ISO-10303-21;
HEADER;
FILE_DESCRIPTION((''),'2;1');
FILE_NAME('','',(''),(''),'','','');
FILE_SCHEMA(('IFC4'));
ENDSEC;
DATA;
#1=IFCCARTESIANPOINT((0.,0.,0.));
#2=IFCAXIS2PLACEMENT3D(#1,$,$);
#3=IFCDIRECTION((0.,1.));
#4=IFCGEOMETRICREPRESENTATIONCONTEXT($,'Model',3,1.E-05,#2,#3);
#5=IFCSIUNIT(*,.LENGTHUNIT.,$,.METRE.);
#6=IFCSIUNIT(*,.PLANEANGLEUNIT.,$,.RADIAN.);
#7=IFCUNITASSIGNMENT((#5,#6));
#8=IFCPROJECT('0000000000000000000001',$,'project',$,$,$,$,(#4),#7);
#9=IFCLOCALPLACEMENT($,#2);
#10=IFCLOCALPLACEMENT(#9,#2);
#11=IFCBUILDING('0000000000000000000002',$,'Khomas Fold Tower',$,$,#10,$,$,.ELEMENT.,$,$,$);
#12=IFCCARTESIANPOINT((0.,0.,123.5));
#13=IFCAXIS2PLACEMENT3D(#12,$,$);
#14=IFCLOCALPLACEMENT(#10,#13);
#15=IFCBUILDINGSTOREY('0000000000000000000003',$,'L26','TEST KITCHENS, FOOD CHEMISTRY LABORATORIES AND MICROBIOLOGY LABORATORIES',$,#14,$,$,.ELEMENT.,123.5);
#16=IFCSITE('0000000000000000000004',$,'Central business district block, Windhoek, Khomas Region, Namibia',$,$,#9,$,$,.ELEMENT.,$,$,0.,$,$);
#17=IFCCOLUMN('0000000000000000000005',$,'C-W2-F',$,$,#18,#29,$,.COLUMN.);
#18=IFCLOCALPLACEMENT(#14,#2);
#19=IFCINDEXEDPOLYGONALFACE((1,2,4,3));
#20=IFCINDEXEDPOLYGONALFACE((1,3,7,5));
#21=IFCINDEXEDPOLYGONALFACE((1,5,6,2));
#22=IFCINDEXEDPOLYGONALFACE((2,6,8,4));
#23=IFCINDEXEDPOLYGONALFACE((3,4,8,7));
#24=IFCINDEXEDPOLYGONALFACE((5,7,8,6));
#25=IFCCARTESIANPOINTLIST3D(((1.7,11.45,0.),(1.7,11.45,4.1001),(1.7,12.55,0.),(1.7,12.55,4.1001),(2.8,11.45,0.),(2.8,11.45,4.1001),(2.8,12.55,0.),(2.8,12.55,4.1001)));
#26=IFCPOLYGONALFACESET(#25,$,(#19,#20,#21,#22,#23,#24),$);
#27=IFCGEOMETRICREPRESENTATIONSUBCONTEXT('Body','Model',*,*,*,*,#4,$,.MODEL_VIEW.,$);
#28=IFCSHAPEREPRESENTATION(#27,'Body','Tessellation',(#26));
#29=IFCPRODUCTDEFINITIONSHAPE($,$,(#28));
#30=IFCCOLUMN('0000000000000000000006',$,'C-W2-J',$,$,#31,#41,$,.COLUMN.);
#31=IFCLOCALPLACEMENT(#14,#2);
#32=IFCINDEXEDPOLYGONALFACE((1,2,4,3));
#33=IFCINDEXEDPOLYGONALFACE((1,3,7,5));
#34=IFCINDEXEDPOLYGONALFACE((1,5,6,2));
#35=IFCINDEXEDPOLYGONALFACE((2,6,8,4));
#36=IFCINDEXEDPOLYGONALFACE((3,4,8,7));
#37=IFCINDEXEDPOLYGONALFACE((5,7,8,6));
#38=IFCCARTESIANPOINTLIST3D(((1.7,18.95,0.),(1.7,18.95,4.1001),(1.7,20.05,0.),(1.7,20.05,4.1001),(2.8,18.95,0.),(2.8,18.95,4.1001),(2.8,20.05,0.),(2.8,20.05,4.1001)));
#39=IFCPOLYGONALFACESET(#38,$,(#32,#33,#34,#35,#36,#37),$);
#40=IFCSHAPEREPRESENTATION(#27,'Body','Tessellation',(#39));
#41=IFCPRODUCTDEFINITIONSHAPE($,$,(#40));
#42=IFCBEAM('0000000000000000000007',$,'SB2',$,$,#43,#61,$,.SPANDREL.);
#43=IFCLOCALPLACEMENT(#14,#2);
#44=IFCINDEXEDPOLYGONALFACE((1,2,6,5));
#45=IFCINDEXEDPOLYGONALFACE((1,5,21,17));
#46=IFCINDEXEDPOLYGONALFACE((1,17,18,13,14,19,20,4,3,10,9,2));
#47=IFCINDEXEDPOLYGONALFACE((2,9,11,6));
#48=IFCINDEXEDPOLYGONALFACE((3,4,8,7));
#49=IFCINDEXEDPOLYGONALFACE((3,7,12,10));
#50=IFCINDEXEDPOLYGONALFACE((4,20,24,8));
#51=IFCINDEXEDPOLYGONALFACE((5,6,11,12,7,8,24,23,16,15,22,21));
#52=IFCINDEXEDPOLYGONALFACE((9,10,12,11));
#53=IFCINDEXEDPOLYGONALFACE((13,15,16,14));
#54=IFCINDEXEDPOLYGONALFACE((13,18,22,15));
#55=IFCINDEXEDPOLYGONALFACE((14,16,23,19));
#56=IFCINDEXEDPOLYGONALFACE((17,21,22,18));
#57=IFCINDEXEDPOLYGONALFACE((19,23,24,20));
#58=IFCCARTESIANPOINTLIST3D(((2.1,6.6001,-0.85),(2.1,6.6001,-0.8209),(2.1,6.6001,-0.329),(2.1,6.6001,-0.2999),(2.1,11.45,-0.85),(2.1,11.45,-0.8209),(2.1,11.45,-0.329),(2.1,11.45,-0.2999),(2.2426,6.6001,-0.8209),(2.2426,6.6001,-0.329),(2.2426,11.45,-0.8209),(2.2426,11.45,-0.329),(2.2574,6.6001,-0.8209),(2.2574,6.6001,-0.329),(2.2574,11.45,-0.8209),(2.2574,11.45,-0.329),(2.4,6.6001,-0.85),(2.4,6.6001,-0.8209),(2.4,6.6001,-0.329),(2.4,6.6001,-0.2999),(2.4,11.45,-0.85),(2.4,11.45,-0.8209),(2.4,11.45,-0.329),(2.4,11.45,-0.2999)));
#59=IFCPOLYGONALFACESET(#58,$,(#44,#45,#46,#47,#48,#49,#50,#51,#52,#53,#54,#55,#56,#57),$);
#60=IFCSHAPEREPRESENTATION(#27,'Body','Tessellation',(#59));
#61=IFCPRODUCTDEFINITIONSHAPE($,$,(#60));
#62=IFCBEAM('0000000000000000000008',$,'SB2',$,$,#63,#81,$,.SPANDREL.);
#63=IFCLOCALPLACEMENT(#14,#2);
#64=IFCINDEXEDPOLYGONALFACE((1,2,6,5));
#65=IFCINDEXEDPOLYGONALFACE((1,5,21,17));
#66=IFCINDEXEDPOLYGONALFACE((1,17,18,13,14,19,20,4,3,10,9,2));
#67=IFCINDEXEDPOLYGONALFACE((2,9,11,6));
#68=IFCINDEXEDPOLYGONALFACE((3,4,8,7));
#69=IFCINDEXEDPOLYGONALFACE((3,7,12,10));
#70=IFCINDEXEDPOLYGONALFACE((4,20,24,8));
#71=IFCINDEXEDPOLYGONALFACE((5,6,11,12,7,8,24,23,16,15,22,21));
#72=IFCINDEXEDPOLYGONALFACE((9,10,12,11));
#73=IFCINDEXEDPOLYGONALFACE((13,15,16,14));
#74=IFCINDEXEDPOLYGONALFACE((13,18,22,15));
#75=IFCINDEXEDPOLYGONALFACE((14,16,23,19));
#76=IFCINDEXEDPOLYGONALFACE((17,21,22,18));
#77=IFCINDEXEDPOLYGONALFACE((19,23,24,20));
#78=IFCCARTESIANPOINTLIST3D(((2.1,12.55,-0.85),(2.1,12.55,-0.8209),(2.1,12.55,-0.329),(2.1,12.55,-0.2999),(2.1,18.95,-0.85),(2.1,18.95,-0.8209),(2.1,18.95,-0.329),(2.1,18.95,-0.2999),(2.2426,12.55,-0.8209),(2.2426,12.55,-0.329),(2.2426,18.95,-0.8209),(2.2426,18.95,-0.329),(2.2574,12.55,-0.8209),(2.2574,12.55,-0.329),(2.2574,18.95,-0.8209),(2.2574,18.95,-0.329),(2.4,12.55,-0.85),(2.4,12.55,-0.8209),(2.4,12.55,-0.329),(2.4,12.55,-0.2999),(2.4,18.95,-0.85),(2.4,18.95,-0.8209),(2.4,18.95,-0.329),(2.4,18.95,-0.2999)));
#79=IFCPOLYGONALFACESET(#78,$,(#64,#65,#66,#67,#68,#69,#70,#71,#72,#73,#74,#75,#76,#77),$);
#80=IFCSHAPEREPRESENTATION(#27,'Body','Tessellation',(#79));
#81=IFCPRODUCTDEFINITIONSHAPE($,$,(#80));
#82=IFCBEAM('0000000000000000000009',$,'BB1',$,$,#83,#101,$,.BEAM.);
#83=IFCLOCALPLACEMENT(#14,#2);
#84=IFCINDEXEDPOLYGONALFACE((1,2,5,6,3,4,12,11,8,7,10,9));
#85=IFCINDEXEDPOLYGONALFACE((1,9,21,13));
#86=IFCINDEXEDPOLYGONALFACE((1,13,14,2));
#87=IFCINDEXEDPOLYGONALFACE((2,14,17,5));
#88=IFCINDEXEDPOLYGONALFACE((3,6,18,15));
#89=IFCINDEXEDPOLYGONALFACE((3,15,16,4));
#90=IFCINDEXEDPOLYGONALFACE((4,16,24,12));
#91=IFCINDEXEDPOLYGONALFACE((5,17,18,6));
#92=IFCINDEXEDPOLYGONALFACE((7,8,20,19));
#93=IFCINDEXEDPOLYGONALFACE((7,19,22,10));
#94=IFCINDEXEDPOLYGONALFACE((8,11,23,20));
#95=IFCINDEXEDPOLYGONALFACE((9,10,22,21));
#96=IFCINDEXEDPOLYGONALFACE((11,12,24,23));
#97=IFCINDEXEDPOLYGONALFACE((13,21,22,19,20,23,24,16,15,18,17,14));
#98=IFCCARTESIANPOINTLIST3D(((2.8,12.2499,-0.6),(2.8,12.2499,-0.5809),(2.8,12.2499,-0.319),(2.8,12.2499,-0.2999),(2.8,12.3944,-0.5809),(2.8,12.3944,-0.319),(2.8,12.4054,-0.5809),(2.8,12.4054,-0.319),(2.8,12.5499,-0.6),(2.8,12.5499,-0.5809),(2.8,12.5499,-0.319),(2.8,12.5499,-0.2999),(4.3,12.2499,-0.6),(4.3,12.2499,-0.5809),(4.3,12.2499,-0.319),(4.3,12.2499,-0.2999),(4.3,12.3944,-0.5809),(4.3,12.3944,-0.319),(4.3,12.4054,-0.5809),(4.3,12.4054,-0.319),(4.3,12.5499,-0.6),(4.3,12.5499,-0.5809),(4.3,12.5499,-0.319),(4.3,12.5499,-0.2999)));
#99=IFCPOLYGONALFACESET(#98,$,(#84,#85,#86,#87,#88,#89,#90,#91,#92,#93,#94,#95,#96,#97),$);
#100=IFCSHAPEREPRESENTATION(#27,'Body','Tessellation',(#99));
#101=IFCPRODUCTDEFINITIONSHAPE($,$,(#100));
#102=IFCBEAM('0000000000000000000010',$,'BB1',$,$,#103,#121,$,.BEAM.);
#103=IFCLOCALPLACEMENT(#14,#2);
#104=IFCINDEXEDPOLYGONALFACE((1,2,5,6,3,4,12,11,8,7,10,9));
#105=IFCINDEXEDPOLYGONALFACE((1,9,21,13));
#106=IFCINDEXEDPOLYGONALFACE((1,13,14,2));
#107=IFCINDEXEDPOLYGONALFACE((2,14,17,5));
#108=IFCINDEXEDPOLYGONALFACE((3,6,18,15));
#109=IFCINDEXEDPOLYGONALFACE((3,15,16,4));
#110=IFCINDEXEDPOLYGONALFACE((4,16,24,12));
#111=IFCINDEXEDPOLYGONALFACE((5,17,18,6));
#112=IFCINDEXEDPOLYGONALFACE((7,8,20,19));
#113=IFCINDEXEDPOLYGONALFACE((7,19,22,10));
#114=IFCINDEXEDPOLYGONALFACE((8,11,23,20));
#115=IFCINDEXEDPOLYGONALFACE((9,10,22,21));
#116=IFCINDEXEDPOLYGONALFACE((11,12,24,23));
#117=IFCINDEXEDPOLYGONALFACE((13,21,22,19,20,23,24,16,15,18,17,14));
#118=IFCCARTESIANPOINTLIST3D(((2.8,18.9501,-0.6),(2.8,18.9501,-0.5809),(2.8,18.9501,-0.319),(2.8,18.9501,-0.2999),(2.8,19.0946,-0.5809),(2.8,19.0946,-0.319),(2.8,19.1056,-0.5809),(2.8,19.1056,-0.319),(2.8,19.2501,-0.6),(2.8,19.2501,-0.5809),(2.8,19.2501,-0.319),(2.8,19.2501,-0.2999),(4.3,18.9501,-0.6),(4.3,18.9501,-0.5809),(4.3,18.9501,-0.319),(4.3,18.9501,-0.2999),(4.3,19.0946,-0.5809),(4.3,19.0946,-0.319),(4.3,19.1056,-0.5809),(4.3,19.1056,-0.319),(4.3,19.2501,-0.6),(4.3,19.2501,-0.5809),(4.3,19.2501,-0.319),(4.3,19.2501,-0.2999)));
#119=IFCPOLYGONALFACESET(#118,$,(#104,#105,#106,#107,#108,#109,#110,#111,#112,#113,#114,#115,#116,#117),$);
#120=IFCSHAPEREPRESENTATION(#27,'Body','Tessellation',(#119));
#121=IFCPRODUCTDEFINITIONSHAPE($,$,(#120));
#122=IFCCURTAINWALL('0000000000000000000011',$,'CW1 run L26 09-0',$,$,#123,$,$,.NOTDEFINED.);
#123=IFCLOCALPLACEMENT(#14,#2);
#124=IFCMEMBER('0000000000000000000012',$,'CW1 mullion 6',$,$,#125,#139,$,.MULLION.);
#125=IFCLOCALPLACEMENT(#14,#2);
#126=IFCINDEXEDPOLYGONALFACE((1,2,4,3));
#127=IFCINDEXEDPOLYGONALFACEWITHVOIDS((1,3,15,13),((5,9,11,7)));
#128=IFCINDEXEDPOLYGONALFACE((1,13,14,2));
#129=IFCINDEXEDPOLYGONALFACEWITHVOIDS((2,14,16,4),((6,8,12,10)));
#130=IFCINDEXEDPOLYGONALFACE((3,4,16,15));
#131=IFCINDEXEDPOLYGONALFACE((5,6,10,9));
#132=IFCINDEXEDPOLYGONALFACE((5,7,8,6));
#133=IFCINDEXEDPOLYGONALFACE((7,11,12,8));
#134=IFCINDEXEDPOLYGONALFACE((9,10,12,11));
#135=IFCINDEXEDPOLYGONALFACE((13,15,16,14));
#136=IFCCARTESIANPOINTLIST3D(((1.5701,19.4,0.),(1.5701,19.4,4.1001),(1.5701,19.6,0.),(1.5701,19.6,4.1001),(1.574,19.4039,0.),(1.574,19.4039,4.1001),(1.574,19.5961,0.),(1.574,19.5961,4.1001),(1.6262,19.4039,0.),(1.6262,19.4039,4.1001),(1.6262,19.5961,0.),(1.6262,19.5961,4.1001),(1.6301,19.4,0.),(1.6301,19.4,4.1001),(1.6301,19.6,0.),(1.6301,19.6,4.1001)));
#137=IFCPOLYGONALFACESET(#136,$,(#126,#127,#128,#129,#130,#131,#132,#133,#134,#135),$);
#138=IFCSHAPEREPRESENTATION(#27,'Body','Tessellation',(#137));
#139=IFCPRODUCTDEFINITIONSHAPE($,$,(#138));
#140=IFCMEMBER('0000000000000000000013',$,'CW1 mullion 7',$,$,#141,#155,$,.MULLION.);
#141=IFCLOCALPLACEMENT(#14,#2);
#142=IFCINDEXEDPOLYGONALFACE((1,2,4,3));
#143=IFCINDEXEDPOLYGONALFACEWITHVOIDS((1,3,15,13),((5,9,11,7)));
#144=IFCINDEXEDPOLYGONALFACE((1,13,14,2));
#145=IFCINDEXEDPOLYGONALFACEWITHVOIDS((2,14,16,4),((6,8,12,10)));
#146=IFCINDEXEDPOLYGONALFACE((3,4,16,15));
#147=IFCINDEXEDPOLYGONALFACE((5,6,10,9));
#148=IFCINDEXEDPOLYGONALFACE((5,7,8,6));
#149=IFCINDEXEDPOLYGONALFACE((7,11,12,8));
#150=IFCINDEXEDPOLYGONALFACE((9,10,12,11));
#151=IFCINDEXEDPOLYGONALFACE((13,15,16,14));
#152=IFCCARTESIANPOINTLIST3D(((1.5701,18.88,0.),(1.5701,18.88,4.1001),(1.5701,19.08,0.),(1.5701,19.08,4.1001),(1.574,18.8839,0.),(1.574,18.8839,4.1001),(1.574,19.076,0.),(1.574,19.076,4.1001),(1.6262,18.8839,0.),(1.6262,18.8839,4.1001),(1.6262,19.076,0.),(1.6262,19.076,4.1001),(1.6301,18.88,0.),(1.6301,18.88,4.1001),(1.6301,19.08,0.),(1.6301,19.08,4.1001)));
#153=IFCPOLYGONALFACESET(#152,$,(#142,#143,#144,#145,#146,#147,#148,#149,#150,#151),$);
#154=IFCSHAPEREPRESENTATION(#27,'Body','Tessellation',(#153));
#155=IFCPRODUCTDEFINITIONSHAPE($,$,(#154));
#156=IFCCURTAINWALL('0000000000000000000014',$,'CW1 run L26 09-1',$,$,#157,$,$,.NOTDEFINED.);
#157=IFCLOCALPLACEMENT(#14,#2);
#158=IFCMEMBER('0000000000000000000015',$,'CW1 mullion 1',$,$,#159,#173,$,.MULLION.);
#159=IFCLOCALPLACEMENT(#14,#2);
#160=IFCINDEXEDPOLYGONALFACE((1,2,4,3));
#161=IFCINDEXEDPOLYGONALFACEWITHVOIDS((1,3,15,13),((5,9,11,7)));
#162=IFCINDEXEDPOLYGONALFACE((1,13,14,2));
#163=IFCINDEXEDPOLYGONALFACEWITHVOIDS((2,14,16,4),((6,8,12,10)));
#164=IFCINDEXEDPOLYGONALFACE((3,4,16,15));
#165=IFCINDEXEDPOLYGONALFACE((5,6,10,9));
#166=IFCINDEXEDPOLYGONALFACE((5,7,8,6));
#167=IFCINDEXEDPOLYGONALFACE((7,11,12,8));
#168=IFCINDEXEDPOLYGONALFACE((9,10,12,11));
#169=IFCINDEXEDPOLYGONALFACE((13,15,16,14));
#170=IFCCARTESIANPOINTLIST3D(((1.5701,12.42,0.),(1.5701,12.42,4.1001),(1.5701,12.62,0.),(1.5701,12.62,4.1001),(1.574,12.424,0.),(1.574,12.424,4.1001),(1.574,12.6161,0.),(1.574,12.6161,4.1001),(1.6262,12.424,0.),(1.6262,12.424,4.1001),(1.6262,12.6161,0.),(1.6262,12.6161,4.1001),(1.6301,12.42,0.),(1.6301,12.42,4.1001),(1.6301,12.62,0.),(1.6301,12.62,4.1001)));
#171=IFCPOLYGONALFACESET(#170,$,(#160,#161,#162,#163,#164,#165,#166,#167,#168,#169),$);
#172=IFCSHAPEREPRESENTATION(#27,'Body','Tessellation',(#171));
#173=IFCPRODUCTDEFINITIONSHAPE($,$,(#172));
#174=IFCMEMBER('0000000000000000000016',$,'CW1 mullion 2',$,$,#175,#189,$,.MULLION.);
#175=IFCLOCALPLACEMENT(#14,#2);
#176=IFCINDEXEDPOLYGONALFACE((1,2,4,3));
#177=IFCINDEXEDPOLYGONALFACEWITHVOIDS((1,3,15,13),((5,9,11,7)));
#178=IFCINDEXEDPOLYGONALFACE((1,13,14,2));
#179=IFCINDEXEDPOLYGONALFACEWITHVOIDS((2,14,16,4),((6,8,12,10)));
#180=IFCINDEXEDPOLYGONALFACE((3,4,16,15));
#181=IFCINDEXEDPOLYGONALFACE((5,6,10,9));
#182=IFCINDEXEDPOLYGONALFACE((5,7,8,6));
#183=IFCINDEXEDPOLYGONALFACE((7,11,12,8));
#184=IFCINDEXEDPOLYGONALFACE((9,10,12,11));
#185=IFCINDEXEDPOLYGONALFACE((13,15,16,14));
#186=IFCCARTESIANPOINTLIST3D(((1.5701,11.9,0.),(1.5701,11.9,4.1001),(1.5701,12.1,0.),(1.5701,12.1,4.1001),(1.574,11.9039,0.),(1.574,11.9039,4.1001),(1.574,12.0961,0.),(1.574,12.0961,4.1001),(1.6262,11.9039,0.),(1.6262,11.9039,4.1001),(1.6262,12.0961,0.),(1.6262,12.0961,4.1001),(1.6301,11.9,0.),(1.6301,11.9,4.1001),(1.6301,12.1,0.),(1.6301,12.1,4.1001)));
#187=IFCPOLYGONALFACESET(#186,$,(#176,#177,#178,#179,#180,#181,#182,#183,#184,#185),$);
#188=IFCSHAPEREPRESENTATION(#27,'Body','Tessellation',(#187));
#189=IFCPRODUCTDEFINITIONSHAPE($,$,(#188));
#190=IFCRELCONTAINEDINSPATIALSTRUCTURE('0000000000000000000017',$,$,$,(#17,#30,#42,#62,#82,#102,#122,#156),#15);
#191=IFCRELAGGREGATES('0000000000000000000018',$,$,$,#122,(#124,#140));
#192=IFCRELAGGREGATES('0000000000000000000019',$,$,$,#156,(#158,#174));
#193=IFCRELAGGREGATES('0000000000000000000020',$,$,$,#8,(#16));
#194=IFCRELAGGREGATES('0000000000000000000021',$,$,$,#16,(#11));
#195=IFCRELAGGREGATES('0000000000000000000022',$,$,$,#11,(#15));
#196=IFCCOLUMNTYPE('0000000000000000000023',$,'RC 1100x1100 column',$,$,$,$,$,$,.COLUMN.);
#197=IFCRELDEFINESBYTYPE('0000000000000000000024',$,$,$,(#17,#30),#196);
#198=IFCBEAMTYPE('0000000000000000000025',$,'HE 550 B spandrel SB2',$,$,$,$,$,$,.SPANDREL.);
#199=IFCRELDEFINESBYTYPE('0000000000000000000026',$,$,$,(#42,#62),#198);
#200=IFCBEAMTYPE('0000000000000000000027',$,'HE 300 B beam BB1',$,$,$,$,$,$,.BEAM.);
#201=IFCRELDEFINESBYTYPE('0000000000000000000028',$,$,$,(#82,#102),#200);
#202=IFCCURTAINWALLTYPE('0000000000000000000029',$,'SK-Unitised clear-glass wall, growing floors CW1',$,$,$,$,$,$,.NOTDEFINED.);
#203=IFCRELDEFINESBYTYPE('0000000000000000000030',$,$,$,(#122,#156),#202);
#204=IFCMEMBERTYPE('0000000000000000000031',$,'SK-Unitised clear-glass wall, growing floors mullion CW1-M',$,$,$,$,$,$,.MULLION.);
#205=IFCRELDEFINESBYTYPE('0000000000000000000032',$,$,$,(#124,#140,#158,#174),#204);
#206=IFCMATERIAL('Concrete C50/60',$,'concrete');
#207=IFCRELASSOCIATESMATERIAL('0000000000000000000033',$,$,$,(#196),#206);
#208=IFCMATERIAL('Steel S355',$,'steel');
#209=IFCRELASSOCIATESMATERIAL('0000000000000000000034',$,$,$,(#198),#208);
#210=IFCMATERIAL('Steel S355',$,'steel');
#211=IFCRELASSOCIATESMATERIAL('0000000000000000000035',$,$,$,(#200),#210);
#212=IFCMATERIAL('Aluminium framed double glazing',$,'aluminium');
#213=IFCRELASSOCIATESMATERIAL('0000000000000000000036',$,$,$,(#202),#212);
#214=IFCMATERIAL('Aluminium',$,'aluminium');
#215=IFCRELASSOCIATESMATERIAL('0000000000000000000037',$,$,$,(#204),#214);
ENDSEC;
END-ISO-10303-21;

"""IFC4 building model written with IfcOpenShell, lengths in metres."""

from ifc_helpers import new_model, si_unit, direction, frame, origin, origin_2d, place, context, subcontext, project, spatial, rectangle, hollow_rectangle, i_section, extrude, source, transform, mapped, material, material_profile, profile_set, type_object, element, aggregate, save


model = new_model("IFC4")

# Units and contexts
model_context = context("Model", 3, precision=1e-05, world=origin(), true_north=direction((0.0, 1.0)))
body_context = subcontext(model_context, "Body", "Model", "MODEL_VIEW")
ifc_project = project(units=[si_unit("LENGTHUNIT", "METRE"), si_unit("PLANEANGLEUNIT", "RADIAN")], contexts=[model_context])

# Site, building, storey
site_placement = place(None, origin())
site = spatial("IfcSite", under=ifc_project, at=site_placement, Name="Central business district block, Windhoek, Khomas Region, Namibia", CompositionType="ELEMENT", RefElevation=0.0)
building_placement = place(site_placement, origin())
building = spatial("IfcBuilding", under=site, at=building_placement, Name="Khomas Fold Tower", CompositionType="ELEMENT")
storey_placement = place(building_placement, frame((0.0, 0.0, 123.5)))
storey = spatial("IfcBuildingStorey", under=building, at=storey_placement, Name="L26", Description="TEST KITCHENS, FOOD CHEMISTRY LABORATORIES AND MICROBIOLOGY LABORATORIES", CompositionType="ELEMENT", Elevation=123.5)

# Columns
ifc_material_1 = material(Name="Concrete C50/60", Category="concrete")
ifc_material_profile_1 = material_profile(ifc_material_1, rectangle(XDim=1.1001, YDim=1.1001, at=origin_2d()), Name="RC 1100x1100")
ifc_profile_set_1 = profile_set([ifc_material_profile_1], Name="Concrete C50/60")
column_type = type_object("IfcColumnType", Name="RC 1100x1100 column", PredefinedType="COLUMN", material=ifc_profile_set_1)
shared_shape_1 = source(origin(), body_context, "Body", "SweptSolid", [
    extrude(rectangle(XDim=1.1001, YDim=1.1001, at=origin_2d()), origin(), (0.0, 0.0, 1.0), 4.1001),
])
for number, where, z_axis, x_axis, name in (
    (1, (2.25, 12.0, 0.0), (0.0, 0.0, 1.0), (1.0, 0.0, 0.0), "C-W2-F"),
    (2, (2.25, 19.5, 0.0), (0.0, 0.0, 1.0), (1.0, 0.0, 0.0), "C-W2-J"),
):
    element("IfcColumn", number, at=place(storey_placement, frame(where, z_axis=z_axis, x_axis=x_axis)), inside=storey, type_object=column_type, Name=name, PredefinedType="COLUMN", context=body_context, shape_type="MappedRepresentation", body=[
        mapped(shared_shape_1, transform((0.0, 0.0, 0.0))),
    ])

# Beams
ifc_material_2 = material(Name="Steel S355", Category="steel")
ifc_material_profile_2 = material_profile(ifc_material_2, i_section(OverallWidth=0.3, OverallDepth=0.55, WebThickness=0.0149, FlangeThickness=0.0291, at=origin_2d()), Name="HE 550 B")
ifc_profile_set_2 = profile_set([ifc_material_profile_2], Name="Steel S355")
beam_type_1 = type_object("IfcBeamType", Name="HE 550 B spandrel SB2", PredefinedType="SPANDREL", material=ifc_profile_set_2)
shared_shape_2 = source(origin(), body_context, "Body", "SweptSolid", [
    extrude(i_section(OverallWidth=0.3, OverallDepth=0.55, WebThickness=0.0149, FlangeThickness=0.0291, at=origin_2d()), origin(), (0.0, 0.0, 1.0), 4.8499),
])
beam_1_placement = place(storey_placement, frame((2.25, 6.6001, -0.575), z_axis=(0.0, 1.0, 0.0), x_axis=(-1.0, 0.0, 0.0)))
element("IfcBeam", 3, at=beam_1_placement, inside=storey, type_object=beam_type_1, Name="SB2", PredefinedType="SPANDREL", context=body_context, shape_type="MappedRepresentation", body=[
    mapped(shared_shape_2, transform((0.0, 0.0, 0.0))),
])
shared_shape_3 = source(origin(), body_context, "Body", "SweptSolid", [
    extrude(i_section(OverallWidth=0.3, OverallDepth=0.55, WebThickness=0.0149, FlangeThickness=0.0291, at=origin_2d()), origin(), (0.0, 0.0, 1.0), 6.3999),
])
beam_2_placement = place(storey_placement, frame((2.25, 12.55, -0.575), z_axis=(0.0, 1.0, 0.0), x_axis=(-1.0, 0.0, 0.0)))
element("IfcBeam", 4, at=beam_2_placement, inside=storey, type_object=beam_type_1, Name="SB2", PredefinedType="SPANDREL", context=body_context, shape_type="MappedRepresentation", body=[
    mapped(shared_shape_3, transform((0.0, 0.0, 0.0))),
])
ifc_material_3 = material(Name="Steel S355", Category="steel")
ifc_material_profile_3 = material_profile(ifc_material_3, i_section(OverallWidth=0.3, OverallDepth=0.3, WebThickness=0.011, FlangeThickness=0.019, at=origin_2d()), Name="HE 300 B")
ifc_profile_set_3 = profile_set([ifc_material_profile_3], Name="Steel S355")
beam_type_2 = type_object("IfcBeamType", Name="HE 300 B beam BB1", PredefinedType="BEAM", material=ifc_profile_set_3)
shared_shape_4 = source(origin(), body_context, "Body", "SweptSolid", [
    extrude(i_section(OverallWidth=0.3, OverallDepth=0.3, WebThickness=0.011, FlangeThickness=0.019, at=origin_2d()), origin(), (0.0, 0.0, 1.0), 1.5),
])
for number, where, z_axis, x_axis, name in (
    (5, (2.8, 12.3999, -0.45), (1.0, 0.0, 0.0), (0.0, 1.0, 0.0), "BB1"),
    (6, (2.8, 19.1001, -0.45), (1.0, 0.0, 0.0), (0.0, 1.0, 0.0), "BB1"),
):
    element("IfcBeam", number, at=place(storey_placement, frame(where, z_axis=z_axis, x_axis=x_axis)), inside=storey, type_object=beam_type_2, Name=name, PredefinedType="BEAM", context=body_context, shape_type="MappedRepresentation", body=[
        mapped(shared_shape_4, transform((0.0, 0.0, 0.0))),
    ])

# Curtain walls, members
ifc_material_4 = material(Name="Aluminium framed double glazing", Category="aluminium")
curtain_wall_type = type_object("IfcCurtainWallType", Name="SK-Unitised clear-glass wall, growing floors CW1", PredefinedType="NOTDEFINED", material=ifc_material_4)
curtain_wall_1_placement = place(storey_placement, origin())
curtain_wall_1 = element("IfcCurtainWall", 7, at=curtain_wall_1_placement, inside=storey, type_object=curtain_wall_type, Name="CW1 run L26 09-0", PredefinedType="NOTDEFINED")
ifc_material_5 = material(Name="Aluminium", Category="aluminium")
ifc_material_profile_4 = material_profile(ifc_material_5, hollow_rectangle(XDim=0.0601, YDim=0.2, WallThickness=0.0039, at=origin_2d()), Name="SK-Unitised clear-glass wall, growing floors mullion CW1-M")
ifc_profile_set_4 = profile_set([ifc_material_profile_4], Name="Aluminium")
member_type_1 = type_object("IfcMemberType", Name="SK-Unitised clear-glass wall, growing floors mullion CW1-M", PredefinedType="MULLION", material=ifc_profile_set_4)
shared_shape_5 = source(origin(), body_context, "Body", "SweptSolid", [
    extrude(hollow_rectangle(XDim=0.0601, YDim=0.2, WallThickness=0.0039, at=origin_2d()), origin(), (0.0, 0.0, 1.0), 4.1001),
])
member_1_placement = place(storey_placement, frame((1.6001, 19.5, 0.0), z_axis=(0.0, 0.0, 1.0), x_axis=(1.0, 0.0, 0.0)))
member_1 = element("IfcMember", 8, at=member_1_placement, type_object=member_type_1, Name="CW1 mullion 6", PredefinedType="MULLION", context=body_context, shape_type="MappedRepresentation", body=[
    mapped(shared_shape_5, transform((0.0, 0.0, 0.0))),
])
member_2_placement = place(storey_placement, frame((1.6001, 18.98, 0.0), z_axis=(0.0, 0.0, 1.0), x_axis=(1.0, 0.0, 0.0)))
member_2 = element("IfcMember", 9, at=member_2_placement, type_object=member_type_1, Name="CW1 mullion 7", PredefinedType="MULLION", context=body_context, shape_type="MappedRepresentation", body=[
    mapped(shared_shape_5, transform((0.0, 0.0, 0.0))),
])
curtain_wall_2_placement = place(storey_placement, origin())
curtain_wall_2 = element("IfcCurtainWall", 10, at=curtain_wall_2_placement, inside=storey, type_object=curtain_wall_type, Name="CW1 run L26 09-1", PredefinedType="NOTDEFINED")
member_3_placement = place(storey_placement, frame((1.6001, 12.52, 0.0), z_axis=(0.0, 0.0, 1.0), x_axis=(1.0, 0.0, 0.0)))
member_3 = element("IfcMember", 11, at=member_3_placement, type_object=member_type_1, Name="CW1 mullion 1", PredefinedType="MULLION", context=body_context, shape_type="MappedRepresentation", body=[
    mapped(shared_shape_5, transform((0.0, 0.0, 0.0))),
])
member_4_placement = place(storey_placement, frame((1.6001, 12.0, 0.0), z_axis=(0.0, 0.0, 1.0), x_axis=(1.0, 0.0, 0.0)))
member_4 = element("IfcMember", 12, at=member_4_placement, type_object=member_type_1, Name="CW1 mullion 2", PredefinedType="MULLION", context=body_context, shape_type="MappedRepresentation", body=[
    mapped(shared_shape_5, transform((0.0, 0.0, 0.0))),
])

aggregate(curtain_wall_1, [member_1, member_2])
aggregate(curtain_wall_2, [member_3, member_4])

save(model, "model.ifc")
